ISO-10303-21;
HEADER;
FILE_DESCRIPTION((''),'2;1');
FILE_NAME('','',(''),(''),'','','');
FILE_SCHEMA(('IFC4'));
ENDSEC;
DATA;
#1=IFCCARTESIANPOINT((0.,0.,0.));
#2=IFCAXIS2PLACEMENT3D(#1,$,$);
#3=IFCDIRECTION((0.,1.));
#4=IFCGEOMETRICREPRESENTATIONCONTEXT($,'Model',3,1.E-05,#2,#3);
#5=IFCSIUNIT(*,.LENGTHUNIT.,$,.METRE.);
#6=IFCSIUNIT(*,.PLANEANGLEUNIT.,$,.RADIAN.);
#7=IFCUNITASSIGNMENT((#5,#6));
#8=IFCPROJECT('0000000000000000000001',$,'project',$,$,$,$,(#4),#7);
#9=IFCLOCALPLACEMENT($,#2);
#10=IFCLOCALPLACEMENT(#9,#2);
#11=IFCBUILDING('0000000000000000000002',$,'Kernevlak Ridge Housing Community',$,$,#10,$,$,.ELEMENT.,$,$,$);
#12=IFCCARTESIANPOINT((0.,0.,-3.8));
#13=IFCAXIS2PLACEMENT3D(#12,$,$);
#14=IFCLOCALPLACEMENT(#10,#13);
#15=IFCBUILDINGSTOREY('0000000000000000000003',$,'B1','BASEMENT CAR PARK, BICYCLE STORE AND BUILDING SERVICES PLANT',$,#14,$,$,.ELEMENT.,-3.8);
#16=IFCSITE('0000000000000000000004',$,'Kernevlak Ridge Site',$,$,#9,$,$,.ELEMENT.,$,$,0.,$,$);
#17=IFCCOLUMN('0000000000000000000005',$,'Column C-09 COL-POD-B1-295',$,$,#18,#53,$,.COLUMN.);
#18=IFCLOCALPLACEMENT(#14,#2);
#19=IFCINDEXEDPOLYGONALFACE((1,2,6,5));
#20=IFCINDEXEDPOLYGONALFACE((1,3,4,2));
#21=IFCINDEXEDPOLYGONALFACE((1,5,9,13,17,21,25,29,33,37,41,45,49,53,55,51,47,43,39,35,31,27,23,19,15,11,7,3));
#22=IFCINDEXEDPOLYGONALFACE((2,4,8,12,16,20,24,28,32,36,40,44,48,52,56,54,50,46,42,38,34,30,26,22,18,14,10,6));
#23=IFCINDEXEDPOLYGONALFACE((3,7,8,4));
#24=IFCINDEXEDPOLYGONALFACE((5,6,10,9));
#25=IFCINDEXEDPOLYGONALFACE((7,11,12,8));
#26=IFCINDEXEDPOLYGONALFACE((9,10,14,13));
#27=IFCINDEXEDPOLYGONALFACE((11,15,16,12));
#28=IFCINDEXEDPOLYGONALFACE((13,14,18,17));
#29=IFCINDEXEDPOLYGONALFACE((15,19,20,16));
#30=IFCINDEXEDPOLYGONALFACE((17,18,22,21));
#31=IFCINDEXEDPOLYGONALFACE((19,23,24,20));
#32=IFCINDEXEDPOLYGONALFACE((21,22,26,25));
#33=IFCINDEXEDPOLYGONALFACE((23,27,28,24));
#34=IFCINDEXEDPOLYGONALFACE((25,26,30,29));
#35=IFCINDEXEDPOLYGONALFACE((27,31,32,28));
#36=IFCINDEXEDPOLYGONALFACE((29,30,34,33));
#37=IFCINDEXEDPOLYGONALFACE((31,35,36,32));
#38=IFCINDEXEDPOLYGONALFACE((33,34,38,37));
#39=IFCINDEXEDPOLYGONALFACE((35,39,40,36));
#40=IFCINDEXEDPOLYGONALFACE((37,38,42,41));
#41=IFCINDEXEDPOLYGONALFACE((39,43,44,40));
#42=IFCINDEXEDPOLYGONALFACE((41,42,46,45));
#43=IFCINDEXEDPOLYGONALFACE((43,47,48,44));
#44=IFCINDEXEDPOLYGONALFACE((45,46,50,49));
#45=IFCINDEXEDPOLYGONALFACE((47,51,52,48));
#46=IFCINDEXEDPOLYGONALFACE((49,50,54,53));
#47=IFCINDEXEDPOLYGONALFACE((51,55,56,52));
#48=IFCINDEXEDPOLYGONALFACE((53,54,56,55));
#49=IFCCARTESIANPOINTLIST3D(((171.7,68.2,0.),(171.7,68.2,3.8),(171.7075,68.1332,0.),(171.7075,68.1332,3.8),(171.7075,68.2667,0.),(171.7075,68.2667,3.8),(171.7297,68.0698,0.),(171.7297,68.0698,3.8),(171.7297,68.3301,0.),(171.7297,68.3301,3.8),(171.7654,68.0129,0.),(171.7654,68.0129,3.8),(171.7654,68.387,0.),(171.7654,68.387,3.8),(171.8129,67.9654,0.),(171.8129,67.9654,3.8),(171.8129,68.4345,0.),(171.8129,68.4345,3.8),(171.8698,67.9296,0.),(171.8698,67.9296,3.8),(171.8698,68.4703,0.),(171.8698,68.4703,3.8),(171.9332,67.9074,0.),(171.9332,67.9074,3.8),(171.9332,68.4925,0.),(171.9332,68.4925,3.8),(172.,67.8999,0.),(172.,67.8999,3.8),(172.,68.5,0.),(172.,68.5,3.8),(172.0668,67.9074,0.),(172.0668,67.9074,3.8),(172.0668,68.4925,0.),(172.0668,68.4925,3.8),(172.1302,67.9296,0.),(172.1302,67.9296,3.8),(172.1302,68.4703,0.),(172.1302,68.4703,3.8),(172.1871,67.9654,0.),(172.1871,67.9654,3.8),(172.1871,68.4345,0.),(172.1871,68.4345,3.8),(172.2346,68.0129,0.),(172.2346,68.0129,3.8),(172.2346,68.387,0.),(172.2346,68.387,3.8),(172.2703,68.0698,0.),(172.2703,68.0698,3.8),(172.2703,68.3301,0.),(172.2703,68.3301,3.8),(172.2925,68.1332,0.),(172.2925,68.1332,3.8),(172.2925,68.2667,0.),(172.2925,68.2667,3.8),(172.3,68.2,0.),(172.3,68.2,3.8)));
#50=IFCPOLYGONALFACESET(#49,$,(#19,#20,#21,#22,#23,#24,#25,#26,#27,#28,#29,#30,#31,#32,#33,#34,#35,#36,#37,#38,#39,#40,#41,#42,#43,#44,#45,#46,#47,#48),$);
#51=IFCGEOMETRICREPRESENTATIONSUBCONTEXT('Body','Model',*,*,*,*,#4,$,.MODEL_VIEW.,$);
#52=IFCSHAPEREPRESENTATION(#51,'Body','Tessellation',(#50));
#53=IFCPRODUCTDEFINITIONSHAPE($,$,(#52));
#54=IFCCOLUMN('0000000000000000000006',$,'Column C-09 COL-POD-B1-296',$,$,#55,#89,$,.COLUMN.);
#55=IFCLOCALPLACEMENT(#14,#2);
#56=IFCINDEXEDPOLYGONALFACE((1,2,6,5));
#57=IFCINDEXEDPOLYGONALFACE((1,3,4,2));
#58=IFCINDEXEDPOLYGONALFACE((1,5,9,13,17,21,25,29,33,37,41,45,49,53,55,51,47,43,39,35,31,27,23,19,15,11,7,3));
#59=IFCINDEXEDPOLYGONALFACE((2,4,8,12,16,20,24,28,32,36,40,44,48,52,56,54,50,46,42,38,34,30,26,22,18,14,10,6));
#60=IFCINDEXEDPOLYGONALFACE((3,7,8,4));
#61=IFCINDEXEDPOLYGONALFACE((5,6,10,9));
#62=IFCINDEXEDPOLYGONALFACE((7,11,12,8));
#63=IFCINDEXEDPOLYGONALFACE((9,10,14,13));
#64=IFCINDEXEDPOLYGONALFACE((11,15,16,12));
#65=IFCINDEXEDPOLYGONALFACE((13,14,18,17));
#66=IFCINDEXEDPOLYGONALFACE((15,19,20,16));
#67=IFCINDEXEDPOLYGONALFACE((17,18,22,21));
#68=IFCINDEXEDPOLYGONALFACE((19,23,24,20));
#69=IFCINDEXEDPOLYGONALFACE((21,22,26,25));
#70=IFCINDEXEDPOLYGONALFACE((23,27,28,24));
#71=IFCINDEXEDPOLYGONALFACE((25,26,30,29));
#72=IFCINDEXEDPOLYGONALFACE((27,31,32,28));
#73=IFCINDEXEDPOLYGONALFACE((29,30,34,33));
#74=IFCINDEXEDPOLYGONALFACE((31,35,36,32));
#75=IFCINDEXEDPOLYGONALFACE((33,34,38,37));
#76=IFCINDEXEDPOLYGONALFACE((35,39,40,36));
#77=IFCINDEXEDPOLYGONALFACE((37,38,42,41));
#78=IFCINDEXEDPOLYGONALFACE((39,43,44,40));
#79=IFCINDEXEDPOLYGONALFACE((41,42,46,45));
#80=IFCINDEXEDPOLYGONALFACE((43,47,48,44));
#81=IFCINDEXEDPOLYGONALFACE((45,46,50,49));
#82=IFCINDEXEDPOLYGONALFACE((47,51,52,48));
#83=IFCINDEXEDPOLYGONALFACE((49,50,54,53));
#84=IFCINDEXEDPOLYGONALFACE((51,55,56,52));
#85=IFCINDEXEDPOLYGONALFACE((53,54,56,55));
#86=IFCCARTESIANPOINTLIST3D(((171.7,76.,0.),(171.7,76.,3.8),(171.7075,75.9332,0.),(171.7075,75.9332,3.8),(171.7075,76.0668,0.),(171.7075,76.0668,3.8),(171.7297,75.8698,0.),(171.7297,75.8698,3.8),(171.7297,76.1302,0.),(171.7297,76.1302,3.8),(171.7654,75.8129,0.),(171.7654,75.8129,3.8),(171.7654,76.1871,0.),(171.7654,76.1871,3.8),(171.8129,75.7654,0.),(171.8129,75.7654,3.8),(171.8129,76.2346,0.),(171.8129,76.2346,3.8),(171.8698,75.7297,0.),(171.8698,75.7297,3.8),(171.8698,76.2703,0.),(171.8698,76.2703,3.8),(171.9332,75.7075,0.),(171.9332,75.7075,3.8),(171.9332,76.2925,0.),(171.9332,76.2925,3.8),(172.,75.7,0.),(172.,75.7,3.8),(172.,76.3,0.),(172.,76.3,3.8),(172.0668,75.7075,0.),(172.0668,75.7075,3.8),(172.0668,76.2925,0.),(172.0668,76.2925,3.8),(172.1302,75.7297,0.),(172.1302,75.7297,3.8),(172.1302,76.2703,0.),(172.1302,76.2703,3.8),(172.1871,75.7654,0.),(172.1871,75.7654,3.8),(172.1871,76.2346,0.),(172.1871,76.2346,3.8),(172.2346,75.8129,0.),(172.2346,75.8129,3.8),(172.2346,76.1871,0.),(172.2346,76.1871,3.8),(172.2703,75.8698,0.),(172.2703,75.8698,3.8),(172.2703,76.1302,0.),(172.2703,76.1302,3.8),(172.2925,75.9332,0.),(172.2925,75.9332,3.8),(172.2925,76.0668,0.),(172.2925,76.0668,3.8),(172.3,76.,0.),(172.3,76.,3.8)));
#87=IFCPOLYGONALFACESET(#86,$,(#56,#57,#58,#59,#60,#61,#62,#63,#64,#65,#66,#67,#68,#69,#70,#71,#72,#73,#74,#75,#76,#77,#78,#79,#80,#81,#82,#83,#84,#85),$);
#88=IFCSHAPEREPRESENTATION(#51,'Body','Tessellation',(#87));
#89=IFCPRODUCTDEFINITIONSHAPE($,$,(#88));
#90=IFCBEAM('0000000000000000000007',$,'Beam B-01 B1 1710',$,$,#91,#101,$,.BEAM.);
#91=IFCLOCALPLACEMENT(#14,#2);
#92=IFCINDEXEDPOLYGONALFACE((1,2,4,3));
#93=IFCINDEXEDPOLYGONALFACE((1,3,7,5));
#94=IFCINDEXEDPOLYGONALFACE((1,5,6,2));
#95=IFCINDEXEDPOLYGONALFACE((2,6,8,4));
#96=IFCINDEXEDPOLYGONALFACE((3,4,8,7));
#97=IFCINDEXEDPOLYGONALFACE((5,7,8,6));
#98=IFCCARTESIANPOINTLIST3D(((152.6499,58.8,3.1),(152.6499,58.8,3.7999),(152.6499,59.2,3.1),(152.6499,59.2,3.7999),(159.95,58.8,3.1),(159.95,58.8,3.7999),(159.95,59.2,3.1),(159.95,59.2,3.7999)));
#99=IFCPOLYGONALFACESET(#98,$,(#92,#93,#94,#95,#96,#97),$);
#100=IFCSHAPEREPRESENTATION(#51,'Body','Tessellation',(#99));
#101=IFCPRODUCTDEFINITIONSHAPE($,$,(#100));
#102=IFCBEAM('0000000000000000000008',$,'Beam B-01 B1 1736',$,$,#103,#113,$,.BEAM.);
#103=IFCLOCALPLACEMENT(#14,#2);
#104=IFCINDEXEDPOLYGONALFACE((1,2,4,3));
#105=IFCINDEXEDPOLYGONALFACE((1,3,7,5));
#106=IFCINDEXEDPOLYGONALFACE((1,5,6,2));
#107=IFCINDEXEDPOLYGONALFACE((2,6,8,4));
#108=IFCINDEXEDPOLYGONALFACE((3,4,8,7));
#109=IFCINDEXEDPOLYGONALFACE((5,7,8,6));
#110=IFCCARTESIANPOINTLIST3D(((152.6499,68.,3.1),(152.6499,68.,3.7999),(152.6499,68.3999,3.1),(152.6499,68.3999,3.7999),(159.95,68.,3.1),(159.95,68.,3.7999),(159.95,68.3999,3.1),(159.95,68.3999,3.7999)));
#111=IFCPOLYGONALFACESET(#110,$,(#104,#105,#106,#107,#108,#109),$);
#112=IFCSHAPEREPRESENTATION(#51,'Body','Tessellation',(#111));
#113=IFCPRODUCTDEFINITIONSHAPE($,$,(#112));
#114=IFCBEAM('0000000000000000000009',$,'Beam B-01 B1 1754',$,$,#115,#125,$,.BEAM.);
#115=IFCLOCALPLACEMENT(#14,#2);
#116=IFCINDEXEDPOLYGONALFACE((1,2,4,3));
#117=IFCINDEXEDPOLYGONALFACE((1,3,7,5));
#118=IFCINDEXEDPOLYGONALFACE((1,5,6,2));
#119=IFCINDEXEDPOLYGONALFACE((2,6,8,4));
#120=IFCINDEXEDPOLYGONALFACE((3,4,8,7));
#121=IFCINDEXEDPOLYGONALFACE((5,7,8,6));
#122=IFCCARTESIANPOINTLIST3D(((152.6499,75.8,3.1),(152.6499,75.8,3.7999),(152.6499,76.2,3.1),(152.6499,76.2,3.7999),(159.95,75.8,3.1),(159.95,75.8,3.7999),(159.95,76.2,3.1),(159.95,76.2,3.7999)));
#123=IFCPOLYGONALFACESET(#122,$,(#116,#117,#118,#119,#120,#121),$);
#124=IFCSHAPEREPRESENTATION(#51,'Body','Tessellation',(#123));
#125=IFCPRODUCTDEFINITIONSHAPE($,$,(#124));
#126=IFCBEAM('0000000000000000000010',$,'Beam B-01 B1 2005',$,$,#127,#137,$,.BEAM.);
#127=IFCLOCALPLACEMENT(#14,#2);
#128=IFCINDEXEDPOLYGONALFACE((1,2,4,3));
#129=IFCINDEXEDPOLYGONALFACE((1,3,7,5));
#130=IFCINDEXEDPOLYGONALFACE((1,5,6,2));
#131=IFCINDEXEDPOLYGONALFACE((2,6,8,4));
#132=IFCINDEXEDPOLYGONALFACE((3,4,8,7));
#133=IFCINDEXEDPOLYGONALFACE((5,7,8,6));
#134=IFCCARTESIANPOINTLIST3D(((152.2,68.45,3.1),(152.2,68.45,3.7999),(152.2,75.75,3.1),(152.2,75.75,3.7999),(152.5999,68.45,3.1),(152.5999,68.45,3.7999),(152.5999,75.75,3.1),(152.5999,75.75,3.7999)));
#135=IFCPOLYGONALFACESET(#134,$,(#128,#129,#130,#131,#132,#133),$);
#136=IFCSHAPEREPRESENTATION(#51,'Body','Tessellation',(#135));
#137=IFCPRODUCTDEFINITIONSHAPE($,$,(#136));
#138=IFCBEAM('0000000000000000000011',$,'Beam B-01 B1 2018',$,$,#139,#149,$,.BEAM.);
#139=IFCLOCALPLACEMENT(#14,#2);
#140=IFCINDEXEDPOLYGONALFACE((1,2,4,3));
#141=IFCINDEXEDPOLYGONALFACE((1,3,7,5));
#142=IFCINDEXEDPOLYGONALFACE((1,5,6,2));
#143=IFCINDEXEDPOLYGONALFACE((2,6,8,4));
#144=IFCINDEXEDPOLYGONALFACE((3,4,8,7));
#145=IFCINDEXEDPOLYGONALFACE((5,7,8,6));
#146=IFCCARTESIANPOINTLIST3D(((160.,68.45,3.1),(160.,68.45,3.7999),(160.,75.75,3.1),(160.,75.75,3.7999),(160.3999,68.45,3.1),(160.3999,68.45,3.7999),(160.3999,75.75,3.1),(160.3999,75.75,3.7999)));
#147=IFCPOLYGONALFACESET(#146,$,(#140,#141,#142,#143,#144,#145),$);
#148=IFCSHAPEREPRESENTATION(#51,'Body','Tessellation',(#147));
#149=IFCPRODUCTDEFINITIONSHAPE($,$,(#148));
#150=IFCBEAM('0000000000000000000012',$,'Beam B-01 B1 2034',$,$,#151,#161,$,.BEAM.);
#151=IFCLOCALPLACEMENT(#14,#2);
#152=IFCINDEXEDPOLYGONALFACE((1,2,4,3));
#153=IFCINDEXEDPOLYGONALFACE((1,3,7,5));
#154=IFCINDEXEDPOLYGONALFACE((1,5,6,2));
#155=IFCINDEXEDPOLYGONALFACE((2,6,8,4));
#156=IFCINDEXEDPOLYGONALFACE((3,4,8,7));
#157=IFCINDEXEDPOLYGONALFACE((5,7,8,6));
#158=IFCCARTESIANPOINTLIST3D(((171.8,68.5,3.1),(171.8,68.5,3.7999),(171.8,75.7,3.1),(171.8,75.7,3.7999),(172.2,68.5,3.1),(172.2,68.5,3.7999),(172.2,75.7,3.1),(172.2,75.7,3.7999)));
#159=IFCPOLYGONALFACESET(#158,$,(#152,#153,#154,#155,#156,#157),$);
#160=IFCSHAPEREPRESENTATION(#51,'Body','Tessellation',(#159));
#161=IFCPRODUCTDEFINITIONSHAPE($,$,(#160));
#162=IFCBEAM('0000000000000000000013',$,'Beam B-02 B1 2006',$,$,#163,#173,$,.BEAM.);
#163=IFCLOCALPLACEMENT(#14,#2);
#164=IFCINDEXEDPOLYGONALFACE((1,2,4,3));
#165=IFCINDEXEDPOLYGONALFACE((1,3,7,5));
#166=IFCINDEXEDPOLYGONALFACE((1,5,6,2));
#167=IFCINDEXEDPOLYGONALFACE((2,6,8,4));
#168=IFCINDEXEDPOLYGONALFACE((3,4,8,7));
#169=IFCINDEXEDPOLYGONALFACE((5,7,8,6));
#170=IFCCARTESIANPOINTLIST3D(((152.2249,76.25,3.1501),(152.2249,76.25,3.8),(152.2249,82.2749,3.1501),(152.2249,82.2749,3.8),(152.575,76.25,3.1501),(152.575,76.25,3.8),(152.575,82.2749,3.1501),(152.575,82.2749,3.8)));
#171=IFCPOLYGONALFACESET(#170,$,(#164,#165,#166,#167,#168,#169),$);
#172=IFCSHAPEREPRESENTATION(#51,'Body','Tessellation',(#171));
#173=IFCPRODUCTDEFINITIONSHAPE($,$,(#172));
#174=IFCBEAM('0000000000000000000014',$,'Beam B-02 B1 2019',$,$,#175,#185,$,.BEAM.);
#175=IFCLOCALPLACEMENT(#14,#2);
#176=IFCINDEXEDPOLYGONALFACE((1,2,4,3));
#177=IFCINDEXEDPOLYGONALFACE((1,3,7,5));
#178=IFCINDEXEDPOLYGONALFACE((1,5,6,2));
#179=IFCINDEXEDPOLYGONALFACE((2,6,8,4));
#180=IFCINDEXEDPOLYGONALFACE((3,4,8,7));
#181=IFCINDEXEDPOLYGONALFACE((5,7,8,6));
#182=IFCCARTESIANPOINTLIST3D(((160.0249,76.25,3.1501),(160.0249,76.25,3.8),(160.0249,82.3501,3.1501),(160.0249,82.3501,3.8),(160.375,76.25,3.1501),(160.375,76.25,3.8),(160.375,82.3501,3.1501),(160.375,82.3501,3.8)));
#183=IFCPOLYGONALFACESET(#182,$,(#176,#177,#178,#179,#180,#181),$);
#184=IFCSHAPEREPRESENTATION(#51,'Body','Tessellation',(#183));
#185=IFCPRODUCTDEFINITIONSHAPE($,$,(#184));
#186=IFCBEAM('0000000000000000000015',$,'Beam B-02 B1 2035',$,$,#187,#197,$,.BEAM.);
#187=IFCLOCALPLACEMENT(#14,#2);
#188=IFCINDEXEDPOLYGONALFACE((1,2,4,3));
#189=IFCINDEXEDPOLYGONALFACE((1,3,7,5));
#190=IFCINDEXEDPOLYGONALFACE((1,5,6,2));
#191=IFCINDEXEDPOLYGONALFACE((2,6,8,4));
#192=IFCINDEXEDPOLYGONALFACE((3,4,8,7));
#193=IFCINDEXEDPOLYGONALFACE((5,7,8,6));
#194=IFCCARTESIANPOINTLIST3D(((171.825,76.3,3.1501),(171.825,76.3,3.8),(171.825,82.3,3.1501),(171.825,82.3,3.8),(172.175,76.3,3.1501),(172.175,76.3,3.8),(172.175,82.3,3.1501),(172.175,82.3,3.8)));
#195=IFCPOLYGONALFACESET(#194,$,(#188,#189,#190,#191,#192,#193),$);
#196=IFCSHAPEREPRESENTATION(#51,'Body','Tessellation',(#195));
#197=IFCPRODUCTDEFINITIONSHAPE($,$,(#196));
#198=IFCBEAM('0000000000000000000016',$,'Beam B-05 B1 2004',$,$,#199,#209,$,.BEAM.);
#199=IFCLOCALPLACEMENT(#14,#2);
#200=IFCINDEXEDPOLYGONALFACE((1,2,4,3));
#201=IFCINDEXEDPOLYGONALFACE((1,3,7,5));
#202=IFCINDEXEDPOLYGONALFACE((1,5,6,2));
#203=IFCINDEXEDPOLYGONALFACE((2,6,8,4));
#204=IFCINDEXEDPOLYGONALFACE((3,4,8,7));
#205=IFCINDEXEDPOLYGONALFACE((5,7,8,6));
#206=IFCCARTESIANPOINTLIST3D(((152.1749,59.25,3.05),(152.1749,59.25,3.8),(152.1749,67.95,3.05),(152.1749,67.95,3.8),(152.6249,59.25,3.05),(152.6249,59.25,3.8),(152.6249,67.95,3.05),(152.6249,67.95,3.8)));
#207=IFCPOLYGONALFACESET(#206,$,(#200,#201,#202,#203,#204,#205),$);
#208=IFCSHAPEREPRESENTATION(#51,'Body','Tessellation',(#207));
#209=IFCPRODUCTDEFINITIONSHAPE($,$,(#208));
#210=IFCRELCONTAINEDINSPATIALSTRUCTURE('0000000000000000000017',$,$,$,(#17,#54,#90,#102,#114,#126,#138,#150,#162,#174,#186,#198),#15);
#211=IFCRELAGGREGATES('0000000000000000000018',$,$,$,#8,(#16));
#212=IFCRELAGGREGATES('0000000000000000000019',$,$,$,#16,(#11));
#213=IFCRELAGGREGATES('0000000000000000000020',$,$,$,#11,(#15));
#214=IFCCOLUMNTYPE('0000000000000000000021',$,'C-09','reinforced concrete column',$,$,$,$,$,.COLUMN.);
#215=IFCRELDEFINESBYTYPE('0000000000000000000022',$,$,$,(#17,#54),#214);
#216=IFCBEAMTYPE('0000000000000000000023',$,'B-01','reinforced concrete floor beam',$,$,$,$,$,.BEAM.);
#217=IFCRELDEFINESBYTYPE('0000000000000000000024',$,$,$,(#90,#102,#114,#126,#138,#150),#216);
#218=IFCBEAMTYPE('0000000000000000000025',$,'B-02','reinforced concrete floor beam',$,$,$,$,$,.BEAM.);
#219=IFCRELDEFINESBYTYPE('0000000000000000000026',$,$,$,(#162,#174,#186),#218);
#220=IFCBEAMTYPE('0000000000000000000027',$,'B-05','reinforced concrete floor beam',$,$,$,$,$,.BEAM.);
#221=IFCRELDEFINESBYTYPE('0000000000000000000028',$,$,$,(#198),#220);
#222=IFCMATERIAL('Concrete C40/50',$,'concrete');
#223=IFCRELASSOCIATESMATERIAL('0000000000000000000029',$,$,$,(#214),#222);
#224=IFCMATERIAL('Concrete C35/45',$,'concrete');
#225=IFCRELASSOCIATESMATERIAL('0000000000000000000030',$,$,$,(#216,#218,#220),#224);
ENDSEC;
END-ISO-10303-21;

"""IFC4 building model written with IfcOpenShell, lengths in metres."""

from ifc_helpers import new_model, si_unit, direction, frame, origin, origin_2d, place, context, subcontext, project, spatial, rectangle, circle, extrude, material, material_profile, profile_set, type_object, element, save


model = new_model("IFC4")

# Units and contexts
model_context = context("Model", 3, precision=1e-05, world=origin(), true_north=direction((0.0, 1.0)))
body_context = subcontext(model_context, "Body", "Model", "MODEL_VIEW")
ifc_project = project(units=[si_unit("LENGTHUNIT", "METRE"), si_unit("PLANEANGLEUNIT", "RADIAN")], contexts=[model_context])

# Site, building, storey
site_placement = place(None, origin())
site = spatial("IfcSite", under=ifc_project, at=site_placement, Name="Kernevlak Ridge Site", CompositionType="ELEMENT", RefElevation=0.0)
building_placement = place(site_placement, origin())
building = spatial("IfcBuilding", under=site, at=building_placement, Name="Kernevlak Ridge Housing Community", CompositionType="ELEMENT")
storey_placement = place(building_placement, frame((0.0, 0.0, -3.8)))
storey = spatial("IfcBuildingStorey", under=building, at=storey_placement, Name="B1", Description="BASEMENT CAR PARK, BICYCLE STORE AND BUILDING SERVICES PLANT", CompositionType="ELEMENT", Elevation=-3.8)

# Shared definitions
ifc_material_1 = material(Name="Concrete C35/45", Category="concrete")

# Columns
ifc_material_2 = material(Name="Concrete C40/50", Category="concrete")
ifc_material_profile_1 = material_profile(ifc_material_2, circle(Radius=0.3, at=origin_2d()), Name="RC D600")
ifc_profile_set_1 = profile_set([ifc_material_profile_1], Name="Concrete C40/50")
column_type_1 = type_object("IfcColumnType", Name="C-09", Description="reinforced concrete column", PredefinedType="COLUMN", material=ifc_profile_set_1)
for number, where, z_axis, x_axis, name in (
    (1, (172.0, 68.2, 0.0), (0.0, 0.0, 1.0), (1.0, 0.0, 0.0), "Column C-09 COL-POD-B1-295"),
    (2, (172.0, 76.0, 0.0), (0.0, 0.0, 1.0), (1.0, 0.0, 0.0), "Column C-09 COL-POD-B1-296"),
):
    element("IfcColumn", number, at=place(storey_placement, frame(where, z_axis=z_axis, x_axis=x_axis)), inside=storey, type_object=column_type_1, Name=name, PredefinedType="COLUMN", context=body_context, shape_type="SweptSolid", body=[
        extrude(circle(Radius=0.3, at=origin_2d()), origin(), (0.0, 0.0, 1.0), 3.8),
    ])

# Beams
ifc_material_profile_2 = material_profile(ifc_material_1, rectangle(XDim=0.3999, YDim=0.7, at=origin_2d()), Name="RC 400x700")
ifc_profile_set_2 = profile_set([ifc_material_profile_2], Name="Concrete C35/45")
beam_type_1 = type_object("IfcBeamType", Name="B-01", Description="reinforced concrete floor beam", PredefinedType="BEAM", material=ifc_profile_set_2)
for number, where, z_axis, x_axis, name in (
    (3, (152.6499, 59.0, 3.45), (1.0, 0.0, 0.0), (0.0, 1.0, 0.0), "Beam B-01 B1 1710"),
    (4, (152.6499, 68.2, 3.45), (1.0, 0.0, 0.0), (0.0, 1.0, 0.0), "Beam B-01 B1 1736"),
    (5, (152.6499, 76.0, 3.45), (1.0, 0.0, 0.0), (0.0, 1.0, 0.0), "Beam B-01 B1 1754"),
    (6, (152.3999, 68.45, 3.45), (0.0, 1.0, 0.0), (-1.0, 0.0, 0.0), "Beam B-01 B1 2005"),
    (7, (160.2, 68.45, 3.45), (0.0, 1.0, 0.0), (-1.0, 0.0, 0.0), "Beam B-01 B1 2018"),
):
    element("IfcBeam", number, at=place(storey_placement, frame(where, z_axis=z_axis, x_axis=x_axis)), inside=storey, type_object=beam_type_1, Name=name, PredefinedType="BEAM", context=body_context, shape_type="SweptSolid", body=[
        extrude(rectangle(XDim=0.3999, YDim=0.7, at=origin_2d()), origin(), (0.0, 0.0, 1.0), 7.3),
    ])
beam_1_placement = place(storey_placement, frame((172.0, 68.5, 3.45), z_axis=(0.0, 1.0, 0.0), x_axis=(-1.0, 0.0, 0.0)))
element("IfcBeam", 8, at=beam_1_placement, inside=storey, type_object=beam_type_1, Name="Beam B-01 B1 2034", PredefinedType="BEAM", context=body_context, shape_type="SweptSolid", body=[
    extrude(rectangle(XDim=0.3999, YDim=0.7, at=origin_2d()), origin(), (0.0, 0.0, 1.0), 7.2),
])
ifc_material_profile_3 = material_profile(ifc_material_1, rectangle(XDim=0.3501, YDim=0.6499, at=origin_2d()), Name="RC 350x650")
ifc_profile_set_3 = profile_set([ifc_material_profile_3], Name="Concrete C35/45")
beam_type_2 = type_object("IfcBeamType", Name="B-02", Description="reinforced concrete floor beam", PredefinedType="BEAM", material=ifc_profile_set_3)
beam_2_placement = place(storey_placement, frame((152.3999, 76.25, 3.4751), z_axis=(0.0, 1.0, 0.0), x_axis=(-1.0, 0.0, 0.0)))
element("IfcBeam", 9, at=beam_2_placement, inside=storey, type_object=beam_type_2, Name="Beam B-02 B1 2006", PredefinedType="BEAM", context=body_context, shape_type="SweptSolid", body=[
    extrude(rectangle(XDim=0.3501, YDim=0.6499, at=origin_2d()), origin(), (0.0, 0.0, 1.0), 6.0249),
])
beam_3_placement = place(storey_placement, frame((160.2, 76.25, 3.4751), z_axis=(0.0, 1.0, 0.0), x_axis=(-1.0, 0.0, 0.0)))
element("IfcBeam", 10, at=beam_3_placement, inside=storey, type_object=beam_type_2, Name="Beam B-02 B1 2019", PredefinedType="BEAM", context=body_context, shape_type="SweptSolid", body=[
    extrude(rectangle(XDim=0.3501, YDim=0.6499, at=origin_2d()), origin(), (0.0, 0.0, 1.0), 6.1001),
])
beam_4_placement = place(storey_placement, frame((172.0, 76.3, 3.4751), z_axis=(0.0, 1.0, 0.0), x_axis=(-1.0, 0.0, 0.0)))
element("IfcBeam", 11, at=beam_4_placement, inside=storey, type_object=beam_type_2, Name="Beam B-02 B1 2035", PredefinedType="BEAM", context=body_context, shape_type="SweptSolid", body=[
    extrude(rectangle(XDim=0.3501, YDim=0.6499, at=origin_2d()), origin(), (0.0, 0.0, 1.0), 6.0),
])
ifc_material_profile_4 = material_profile(ifc_material_1, rectangle(XDim=0.45, YDim=0.75, at=origin_2d()), Name="RC 450x750")
ifc_profile_set_4 = profile_set([ifc_material_profile_4], Name="Concrete C35/45")
beam_type_3 = type_object("IfcBeamType", Name="B-05", Description="reinforced concrete floor beam", PredefinedType="BEAM", material=ifc_profile_set_4)
for number, where, z_axis, x_axis, name in (
    (12, (152.3999, 59.25, 3.425), (0.0, 1.0, 0.0), (-1.0, 0.0, 0.0), "Beam B-05 B1 2004"),
):
    element("IfcBeam", number, at=place(storey_placement, frame(where, z_axis=z_axis, x_axis=x_axis)), inside=storey, type_object=beam_type_3, Name=name, PredefinedType="BEAM", context=body_context, shape_type="SweptSolid", body=[
        extrude(rectangle(XDim=0.45, YDim=0.75, at=origin_2d()), origin(), (0.0, 0.0, 1.0), 8.7),
    ])

save(model, "model.ifc")
